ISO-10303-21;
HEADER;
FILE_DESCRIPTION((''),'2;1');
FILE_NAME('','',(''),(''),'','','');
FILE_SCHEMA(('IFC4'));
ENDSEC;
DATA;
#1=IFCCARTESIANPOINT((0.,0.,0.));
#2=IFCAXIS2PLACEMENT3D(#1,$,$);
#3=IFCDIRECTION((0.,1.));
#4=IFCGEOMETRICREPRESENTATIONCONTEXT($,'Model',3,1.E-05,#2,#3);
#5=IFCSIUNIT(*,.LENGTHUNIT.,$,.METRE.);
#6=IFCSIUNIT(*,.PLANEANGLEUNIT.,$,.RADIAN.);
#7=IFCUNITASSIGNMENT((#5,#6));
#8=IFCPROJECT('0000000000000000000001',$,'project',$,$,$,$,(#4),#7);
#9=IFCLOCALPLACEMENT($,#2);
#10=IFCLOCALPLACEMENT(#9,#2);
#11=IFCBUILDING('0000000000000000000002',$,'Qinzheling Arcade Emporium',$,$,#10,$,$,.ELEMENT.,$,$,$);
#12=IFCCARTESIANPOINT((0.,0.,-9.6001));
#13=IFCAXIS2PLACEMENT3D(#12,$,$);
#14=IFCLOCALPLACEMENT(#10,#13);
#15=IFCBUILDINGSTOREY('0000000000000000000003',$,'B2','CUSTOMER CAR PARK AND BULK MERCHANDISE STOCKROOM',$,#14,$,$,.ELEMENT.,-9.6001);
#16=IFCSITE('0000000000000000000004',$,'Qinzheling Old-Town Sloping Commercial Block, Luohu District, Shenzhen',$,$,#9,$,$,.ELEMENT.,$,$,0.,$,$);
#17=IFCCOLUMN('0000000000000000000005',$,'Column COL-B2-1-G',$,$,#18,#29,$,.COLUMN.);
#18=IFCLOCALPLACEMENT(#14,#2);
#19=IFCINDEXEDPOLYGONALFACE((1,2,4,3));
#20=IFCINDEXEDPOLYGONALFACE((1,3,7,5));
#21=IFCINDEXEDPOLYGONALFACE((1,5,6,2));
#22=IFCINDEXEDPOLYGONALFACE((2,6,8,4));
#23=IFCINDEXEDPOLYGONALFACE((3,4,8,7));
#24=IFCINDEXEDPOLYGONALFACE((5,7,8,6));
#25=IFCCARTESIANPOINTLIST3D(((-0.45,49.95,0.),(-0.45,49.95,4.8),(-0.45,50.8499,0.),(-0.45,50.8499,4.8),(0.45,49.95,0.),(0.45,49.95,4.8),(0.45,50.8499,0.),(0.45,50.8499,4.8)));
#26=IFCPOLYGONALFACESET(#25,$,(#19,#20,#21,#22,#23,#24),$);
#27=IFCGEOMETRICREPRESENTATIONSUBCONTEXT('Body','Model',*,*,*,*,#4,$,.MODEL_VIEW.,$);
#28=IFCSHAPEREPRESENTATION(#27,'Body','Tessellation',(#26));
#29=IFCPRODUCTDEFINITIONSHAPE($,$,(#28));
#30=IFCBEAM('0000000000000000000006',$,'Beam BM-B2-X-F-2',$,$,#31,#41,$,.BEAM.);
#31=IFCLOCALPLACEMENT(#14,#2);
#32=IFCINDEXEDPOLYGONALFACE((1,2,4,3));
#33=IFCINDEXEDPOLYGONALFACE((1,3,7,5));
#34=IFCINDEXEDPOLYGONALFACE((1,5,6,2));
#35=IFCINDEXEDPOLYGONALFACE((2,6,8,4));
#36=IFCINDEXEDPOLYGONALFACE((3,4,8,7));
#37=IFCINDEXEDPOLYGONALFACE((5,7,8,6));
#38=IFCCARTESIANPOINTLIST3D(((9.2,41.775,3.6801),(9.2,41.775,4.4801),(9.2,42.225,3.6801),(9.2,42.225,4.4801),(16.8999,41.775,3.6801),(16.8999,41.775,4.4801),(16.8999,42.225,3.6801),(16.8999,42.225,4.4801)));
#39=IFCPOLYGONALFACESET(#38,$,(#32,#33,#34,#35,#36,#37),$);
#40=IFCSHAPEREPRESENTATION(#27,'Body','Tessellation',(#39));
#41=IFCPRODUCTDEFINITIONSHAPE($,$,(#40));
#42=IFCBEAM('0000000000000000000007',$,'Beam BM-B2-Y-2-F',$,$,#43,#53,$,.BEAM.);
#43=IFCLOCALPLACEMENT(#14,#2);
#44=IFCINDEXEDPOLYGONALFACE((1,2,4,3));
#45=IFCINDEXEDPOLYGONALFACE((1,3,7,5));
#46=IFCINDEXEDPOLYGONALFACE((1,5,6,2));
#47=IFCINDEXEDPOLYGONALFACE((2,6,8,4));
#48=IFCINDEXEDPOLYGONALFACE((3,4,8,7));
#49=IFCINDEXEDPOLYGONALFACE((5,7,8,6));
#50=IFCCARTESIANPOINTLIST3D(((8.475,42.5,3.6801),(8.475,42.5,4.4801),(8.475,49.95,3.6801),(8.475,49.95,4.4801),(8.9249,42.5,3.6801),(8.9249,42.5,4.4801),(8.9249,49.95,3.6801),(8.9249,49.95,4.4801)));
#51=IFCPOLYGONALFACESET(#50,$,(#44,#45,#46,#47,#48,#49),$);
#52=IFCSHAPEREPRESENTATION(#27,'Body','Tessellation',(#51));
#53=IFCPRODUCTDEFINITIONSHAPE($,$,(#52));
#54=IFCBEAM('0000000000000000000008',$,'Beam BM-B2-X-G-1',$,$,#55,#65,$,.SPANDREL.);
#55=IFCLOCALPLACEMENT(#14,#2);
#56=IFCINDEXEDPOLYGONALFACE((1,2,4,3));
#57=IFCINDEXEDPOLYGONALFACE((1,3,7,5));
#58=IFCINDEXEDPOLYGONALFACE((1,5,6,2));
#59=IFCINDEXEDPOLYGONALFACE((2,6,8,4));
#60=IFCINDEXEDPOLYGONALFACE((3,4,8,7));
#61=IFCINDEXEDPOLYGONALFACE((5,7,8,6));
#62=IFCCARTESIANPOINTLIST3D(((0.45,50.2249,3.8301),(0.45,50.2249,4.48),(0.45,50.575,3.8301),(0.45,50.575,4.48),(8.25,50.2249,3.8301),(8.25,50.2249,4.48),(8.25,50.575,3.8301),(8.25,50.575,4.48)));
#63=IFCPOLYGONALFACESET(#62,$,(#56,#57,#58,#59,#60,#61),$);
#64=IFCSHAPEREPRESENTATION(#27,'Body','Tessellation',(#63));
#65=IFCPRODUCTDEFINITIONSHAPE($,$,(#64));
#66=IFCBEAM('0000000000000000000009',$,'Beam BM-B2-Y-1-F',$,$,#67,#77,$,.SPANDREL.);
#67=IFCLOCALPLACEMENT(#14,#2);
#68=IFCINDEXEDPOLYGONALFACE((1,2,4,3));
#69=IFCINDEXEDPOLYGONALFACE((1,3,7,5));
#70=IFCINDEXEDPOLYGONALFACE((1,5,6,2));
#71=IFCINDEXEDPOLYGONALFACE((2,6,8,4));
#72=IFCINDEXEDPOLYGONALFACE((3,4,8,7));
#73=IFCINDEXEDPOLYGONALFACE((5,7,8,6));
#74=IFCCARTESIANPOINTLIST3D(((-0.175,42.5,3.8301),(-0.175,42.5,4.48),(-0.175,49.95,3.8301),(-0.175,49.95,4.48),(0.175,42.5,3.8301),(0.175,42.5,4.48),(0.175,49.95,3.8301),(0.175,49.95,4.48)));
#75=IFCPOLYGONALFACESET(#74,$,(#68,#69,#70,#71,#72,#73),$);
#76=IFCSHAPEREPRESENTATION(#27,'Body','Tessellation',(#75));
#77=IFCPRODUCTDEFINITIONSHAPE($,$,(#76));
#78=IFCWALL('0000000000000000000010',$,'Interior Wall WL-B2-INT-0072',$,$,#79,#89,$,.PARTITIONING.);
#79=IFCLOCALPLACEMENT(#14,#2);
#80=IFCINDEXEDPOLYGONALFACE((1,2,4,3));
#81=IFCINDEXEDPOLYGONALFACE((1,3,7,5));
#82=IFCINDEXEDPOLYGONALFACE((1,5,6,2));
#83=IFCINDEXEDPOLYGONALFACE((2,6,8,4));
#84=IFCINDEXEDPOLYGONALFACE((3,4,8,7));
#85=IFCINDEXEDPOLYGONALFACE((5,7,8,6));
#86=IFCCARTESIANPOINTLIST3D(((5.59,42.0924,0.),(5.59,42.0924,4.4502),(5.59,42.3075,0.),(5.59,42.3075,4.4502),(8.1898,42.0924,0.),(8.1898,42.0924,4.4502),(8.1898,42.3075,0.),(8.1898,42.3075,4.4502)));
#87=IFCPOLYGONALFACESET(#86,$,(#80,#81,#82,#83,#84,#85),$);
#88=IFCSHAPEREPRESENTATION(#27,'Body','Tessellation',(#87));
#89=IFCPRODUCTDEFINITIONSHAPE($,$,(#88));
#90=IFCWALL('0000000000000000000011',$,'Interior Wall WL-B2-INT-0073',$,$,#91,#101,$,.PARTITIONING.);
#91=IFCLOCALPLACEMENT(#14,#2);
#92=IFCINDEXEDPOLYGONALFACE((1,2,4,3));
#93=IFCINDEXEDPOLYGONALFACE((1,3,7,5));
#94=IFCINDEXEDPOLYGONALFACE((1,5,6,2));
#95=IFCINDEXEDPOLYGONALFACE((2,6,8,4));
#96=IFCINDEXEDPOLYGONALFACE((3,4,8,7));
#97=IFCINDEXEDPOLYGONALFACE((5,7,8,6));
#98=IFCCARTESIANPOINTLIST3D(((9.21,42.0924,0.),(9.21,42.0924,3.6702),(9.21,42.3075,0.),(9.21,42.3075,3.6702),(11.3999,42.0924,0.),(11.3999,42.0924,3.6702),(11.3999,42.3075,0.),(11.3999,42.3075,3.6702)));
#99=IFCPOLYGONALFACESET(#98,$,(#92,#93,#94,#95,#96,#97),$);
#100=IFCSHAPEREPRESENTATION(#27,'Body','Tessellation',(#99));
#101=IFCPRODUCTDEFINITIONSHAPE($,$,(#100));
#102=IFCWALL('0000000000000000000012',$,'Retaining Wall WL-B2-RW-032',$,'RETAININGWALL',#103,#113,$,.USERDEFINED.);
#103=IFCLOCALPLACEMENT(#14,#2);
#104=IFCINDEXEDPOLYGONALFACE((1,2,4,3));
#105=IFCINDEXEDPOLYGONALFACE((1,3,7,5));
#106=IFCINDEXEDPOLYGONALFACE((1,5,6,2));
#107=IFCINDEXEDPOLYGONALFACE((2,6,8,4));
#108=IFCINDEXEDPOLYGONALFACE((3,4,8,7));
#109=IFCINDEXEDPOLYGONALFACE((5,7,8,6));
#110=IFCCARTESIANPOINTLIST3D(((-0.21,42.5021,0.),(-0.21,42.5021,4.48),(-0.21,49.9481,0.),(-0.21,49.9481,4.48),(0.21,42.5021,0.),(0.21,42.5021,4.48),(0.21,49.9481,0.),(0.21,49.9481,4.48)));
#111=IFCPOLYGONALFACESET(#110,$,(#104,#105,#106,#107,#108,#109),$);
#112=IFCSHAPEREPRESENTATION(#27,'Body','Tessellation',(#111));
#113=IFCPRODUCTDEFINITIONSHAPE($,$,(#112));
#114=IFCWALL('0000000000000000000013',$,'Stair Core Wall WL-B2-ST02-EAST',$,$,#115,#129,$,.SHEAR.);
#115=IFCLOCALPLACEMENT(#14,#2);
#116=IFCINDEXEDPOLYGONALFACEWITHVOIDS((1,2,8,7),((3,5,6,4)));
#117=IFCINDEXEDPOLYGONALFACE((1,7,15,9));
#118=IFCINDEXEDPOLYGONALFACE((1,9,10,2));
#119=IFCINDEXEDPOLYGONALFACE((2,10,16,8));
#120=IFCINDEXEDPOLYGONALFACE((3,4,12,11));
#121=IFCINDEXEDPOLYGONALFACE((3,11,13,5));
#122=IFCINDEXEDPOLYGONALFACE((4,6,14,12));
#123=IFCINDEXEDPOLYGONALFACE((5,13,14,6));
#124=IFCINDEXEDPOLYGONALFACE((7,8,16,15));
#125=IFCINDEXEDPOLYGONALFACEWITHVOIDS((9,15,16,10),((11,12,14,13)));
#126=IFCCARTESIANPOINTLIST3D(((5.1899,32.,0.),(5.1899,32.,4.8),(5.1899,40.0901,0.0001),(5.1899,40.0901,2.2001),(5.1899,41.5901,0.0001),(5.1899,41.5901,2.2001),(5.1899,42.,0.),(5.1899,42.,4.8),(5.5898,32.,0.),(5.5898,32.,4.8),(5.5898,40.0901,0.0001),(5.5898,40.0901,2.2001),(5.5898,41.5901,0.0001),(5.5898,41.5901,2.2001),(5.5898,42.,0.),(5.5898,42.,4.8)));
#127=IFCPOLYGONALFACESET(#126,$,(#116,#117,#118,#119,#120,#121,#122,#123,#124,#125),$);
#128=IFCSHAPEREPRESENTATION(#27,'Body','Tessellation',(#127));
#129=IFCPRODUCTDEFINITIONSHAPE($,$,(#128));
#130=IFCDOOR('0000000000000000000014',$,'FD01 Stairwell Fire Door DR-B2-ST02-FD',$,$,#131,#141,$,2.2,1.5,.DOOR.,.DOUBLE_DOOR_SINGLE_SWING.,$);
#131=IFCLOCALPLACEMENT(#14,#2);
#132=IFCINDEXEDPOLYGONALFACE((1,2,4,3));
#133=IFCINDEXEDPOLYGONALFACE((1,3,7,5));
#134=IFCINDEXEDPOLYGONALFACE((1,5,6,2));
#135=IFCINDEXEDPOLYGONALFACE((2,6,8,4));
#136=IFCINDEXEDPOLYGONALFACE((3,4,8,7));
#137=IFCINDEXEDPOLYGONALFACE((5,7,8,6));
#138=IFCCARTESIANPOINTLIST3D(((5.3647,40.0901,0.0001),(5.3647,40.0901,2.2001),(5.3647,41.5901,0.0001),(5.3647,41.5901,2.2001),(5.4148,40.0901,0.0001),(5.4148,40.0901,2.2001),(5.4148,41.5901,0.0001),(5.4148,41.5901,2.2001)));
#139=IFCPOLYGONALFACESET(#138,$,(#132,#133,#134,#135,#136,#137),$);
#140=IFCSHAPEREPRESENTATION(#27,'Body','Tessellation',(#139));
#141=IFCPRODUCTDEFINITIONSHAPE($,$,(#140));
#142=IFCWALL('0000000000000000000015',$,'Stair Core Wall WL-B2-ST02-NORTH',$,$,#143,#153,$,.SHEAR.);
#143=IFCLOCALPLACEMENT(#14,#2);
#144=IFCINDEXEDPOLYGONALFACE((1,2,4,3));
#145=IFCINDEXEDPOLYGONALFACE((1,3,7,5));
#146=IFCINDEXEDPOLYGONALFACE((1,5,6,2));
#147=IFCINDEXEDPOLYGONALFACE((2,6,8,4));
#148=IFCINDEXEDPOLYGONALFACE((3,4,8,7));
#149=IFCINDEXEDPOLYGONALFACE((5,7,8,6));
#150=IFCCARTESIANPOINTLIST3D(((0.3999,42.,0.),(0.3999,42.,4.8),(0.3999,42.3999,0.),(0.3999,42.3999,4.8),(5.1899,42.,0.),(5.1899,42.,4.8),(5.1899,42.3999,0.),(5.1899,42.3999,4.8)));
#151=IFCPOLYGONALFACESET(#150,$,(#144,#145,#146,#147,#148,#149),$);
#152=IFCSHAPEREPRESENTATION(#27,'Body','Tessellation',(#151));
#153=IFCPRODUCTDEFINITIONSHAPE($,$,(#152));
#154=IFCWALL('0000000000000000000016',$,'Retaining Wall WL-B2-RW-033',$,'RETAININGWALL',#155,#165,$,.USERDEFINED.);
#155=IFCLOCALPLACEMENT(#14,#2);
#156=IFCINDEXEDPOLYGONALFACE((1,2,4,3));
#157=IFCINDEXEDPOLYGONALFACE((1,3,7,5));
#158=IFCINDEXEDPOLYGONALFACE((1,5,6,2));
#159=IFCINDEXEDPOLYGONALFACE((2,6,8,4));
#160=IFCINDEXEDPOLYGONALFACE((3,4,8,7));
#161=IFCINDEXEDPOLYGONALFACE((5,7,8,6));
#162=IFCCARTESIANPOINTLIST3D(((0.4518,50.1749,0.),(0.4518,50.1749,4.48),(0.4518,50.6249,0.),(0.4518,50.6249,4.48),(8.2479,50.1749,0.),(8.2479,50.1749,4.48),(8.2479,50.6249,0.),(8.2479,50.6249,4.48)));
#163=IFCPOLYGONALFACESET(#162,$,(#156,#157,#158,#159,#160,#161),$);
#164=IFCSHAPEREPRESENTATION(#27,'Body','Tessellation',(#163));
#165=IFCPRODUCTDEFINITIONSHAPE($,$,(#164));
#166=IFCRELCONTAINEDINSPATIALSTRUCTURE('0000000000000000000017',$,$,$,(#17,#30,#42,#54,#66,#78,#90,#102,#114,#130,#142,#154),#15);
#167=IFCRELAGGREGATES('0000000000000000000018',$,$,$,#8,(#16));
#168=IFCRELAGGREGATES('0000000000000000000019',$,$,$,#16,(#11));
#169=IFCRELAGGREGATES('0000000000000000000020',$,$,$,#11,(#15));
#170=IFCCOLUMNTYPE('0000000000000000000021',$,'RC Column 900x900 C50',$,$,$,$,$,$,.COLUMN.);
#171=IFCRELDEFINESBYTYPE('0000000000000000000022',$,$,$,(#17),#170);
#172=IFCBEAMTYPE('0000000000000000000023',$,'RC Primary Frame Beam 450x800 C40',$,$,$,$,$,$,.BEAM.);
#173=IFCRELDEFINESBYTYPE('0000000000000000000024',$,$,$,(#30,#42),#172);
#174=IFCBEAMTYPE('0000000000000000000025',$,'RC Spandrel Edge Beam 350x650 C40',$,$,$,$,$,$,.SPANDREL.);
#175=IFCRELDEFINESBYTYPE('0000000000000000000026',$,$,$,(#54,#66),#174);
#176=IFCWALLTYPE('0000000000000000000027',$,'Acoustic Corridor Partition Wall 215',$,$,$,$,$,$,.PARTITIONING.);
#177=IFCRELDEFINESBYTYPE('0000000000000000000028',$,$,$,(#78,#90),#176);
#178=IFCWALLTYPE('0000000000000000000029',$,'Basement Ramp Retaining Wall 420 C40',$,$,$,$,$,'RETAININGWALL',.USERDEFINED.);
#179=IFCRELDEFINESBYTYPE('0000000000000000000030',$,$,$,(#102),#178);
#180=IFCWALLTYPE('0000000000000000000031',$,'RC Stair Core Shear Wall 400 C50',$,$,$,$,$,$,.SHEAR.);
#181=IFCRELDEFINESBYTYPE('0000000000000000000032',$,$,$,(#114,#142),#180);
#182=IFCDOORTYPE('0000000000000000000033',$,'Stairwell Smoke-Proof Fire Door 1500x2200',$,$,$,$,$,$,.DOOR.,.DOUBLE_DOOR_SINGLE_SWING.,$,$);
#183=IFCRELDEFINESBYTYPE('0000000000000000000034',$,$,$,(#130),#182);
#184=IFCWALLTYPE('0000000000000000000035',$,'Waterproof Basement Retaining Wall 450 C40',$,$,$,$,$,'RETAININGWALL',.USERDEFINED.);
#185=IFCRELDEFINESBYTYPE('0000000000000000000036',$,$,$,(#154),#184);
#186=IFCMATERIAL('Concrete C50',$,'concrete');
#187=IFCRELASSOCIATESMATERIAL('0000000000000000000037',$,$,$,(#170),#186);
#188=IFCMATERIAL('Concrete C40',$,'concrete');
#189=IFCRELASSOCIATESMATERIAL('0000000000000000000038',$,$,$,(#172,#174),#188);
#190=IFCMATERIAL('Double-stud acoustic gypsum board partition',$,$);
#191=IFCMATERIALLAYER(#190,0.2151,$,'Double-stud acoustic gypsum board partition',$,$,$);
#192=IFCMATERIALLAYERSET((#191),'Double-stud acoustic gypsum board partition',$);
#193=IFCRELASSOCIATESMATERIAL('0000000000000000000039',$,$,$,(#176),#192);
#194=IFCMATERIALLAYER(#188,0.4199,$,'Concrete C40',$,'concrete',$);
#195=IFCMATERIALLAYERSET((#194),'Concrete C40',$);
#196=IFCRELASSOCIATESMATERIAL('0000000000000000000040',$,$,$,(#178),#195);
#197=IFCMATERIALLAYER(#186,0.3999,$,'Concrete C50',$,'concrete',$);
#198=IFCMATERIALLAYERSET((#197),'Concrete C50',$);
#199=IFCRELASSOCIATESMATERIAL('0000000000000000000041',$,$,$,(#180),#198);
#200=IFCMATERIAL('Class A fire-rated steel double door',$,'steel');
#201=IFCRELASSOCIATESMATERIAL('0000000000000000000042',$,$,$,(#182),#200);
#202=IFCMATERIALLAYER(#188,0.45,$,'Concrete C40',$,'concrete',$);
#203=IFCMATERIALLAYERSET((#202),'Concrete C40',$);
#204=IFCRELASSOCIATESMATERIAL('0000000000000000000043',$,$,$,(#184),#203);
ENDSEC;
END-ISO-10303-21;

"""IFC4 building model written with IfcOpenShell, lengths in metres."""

from ifc_helpers import new_model, si_unit, direction, frame, frame_2d, origin, origin_2d, place, context, subcontext, project, spatial, rectangle, extrude, material, layer, layer_set, material_profile, profile_set, type_object, element, fill, save


model = new_model("IFC4")

# Units and contexts
model_context = context("Model", 3, precision=1e-05, world=origin(), true_north=direction((0.0, 1.0)))
body_context = subcontext(model_context, "Body", "Model", "MODEL_VIEW")
ifc_project = project(units=[si_unit("LENGTHUNIT", "METRE"), si_unit("PLANEANGLEUNIT", "RADIAN")], contexts=[model_context])

# Site, building, storey
site_placement = place(None, origin())
site = spatial("IfcSite", under=ifc_project, at=site_placement, Name="Qinzheling Old-Town Sloping Commercial Block, Luohu District, Shenzhen", CompositionType="ELEMENT", RefElevation=0.0)
building_placement = place(site_placement, origin())
building = spatial("IfcBuilding", under=site, at=building_placement, Name="Qinzheling Arcade Emporium", CompositionType="ELEMENT")
storey_placement = place(building_placement, frame((0.0, 0.0, -9.6001)))
storey = spatial("IfcBuildingStorey", under=building, at=storey_placement, Name="B2", Description="CUSTOMER CAR PARK AND BULK MERCHANDISE STOCKROOM", CompositionType="ELEMENT", Elevation=-9.6001)

# Shared definitions
ifc_material_1 = material(Name="Concrete C40", Category="concrete")

# Column
ifc_material_2 = material(Name="Concrete C50", Category="concrete")
ifc_material_profile_1 = material_profile(ifc_material_2, rectangle(XDim=0.8999, YDim=0.8999, at=origin_2d()), Name="RC 900x900", Category="concrete")
ifc_profile_set_1 = profile_set([ifc_material_profile_1], Name="Concrete C50")
column_type_1 = type_object("IfcColumnType", Name="RC Column 900x900 C50", PredefinedType="COLUMN", material=ifc_profile_set_1)
column_placement = place(storey_placement, frame((0.0, 50.3999, 0.0), z_axis=(0.0, 0.0, 1.0), x_axis=(1.0, 0.0, 0.0)))
element("IfcColumn", 1, at=column_placement, inside=storey, type_object=column_type_1, Name="Column COL-B2-1-G", PredefinedType="COLUMN", context=body_context, shape_type="SweptSolid", body=[
    extrude(rectangle(XDim=0.8999, YDim=0.8999, at=origin_2d()), origin(), (0.0, 0.0, 1.0), 4.8),
])

# Beams
ifc_material_profile_2 = material_profile(ifc_material_1, rectangle(XDim=0.45, YDim=0.8, at=origin_2d()), Name="RC 450x800", Category="concrete")
ifc_profile_set_2 = profile_set([ifc_material_profile_2], Name="Concrete C40")
beam_type_1 = type_object("IfcBeamType", Name="RC Primary Frame Beam 450x800 C40", PredefinedType="BEAM", material=ifc_profile_set_2)
beam_1_placement = place(storey_placement, frame((9.2, 42.0, 4.0801), z_axis=(1.0, 0.0, 0.0), x_axis=(0.0, 1.0, 0.0)))
element("IfcBeam", 2, at=beam_1_placement, inside=storey, type_object=beam_type_1, Name="Beam BM-B2-X-F-2", PredefinedType="BEAM", context=body_context, shape_type="SweptSolid", body=[
    extrude(rectangle(XDim=0.45, YDim=0.8, at=origin_2d()), origin(), (0.0, 0.0, 1.0), 7.7),
])
beam_2_placement = place(storey_placement, frame((8.7, 42.5, 4.0801), z_axis=(0.0, 1.0, 0.0), x_axis=(-1.0, 0.0, 0.0)))
element("IfcBeam", 3, at=beam_2_placement, inside=storey, type_object=beam_type_1, Name="Beam BM-B2-Y-2-F", PredefinedType="BEAM", context=body_context, shape_type="SweptSolid", body=[
    extrude(rectangle(XDim=0.45, YDim=0.8, at=origin_2d()), origin(), (0.0, 0.0, 1.0), 7.45),
])
ifc_material_profile_3 = material_profile(ifc_material_1, rectangle(XDim=0.3501, YDim=0.6499, at=origin_2d()), Name="RC 350x650", Category="concrete")
ifc_profile_set_3 = profile_set([ifc_material_profile_3], Name="Concrete C40")
beam_type_2 = type_object("IfcBeamType", Name="RC Spandrel Edge Beam 350x650 C40", PredefinedType="SPANDREL", material=ifc_profile_set_3)
beam_3_placement = place(storey_placement, frame((0.45, 50.3999, 4.155), z_axis=(1.0, 0.0, 0.0), x_axis=(0.0, 1.0, 0.0)))
element("IfcBeam", 4, at=beam_3_placement, inside=storey, type_object=beam_type_2, Name="Beam BM-B2-X-G-1", PredefinedType="SPANDREL", context=body_context, shape_type="SweptSolid", body=[
    extrude(rectangle(XDim=0.3501, YDim=0.6499, at=origin_2d()), origin(), (0.0, 0.0, 1.0), 7.8),
])
beam_4_placement = place(storey_placement, frame((0.0, 42.5, 4.155), z_axis=(0.0, 1.0, 0.0), x_axis=(-1.0, 0.0, 0.0)))
element("IfcBeam", 5, at=beam_4_placement, inside=storey, type_object=beam_type_2, Name="Beam BM-B2-Y-1-F", PredefinedType="SPANDREL", context=body_context, shape_type="SweptSolid", body=[
    extrude(rectangle(XDim=0.3501, YDim=0.6499, at=origin_2d()), origin(), (0.0, 0.0, 1.0), 7.45),
])

# Walls
ifc_material_3 = material(Name="Double-stud acoustic gypsum board partition")
ifc_layer_1 = layer(ifc_material_3, 0.2151, Name="Double-stud acoustic gypsum board partition")
ifc_layer_set_1 = layer_set([ifc_layer_1], Name="Double-stud acoustic gypsum board partition")
wall_type_1 = type_object("IfcWallType", Name="Acoustic Corridor Partition Wall 215", PredefinedType="PARTITIONING", material=ifc_layer_set_1)
wall_1_placement = place(storey_placement, frame((5.5901, 42.2, 0.0), z_axis=(0.0, 0.0, 1.0), x_axis=(1.0, 0.0, 0.0)))
element("IfcWall", 6, at=wall_1_placement, inside=storey, type_object=wall_type_1, Name="Interior Wall WL-B2-INT-0072", PredefinedType="PARTITIONING", context=body_context, shape_type="SweptSolid", body=[
    extrude(rectangle(XDim=2.5999, YDim=0.2151, at=frame_2d((1.2998, 0.0))), origin(), (0.0, 0.0, 1.0), 4.4502),
])
wall_2_placement = place(storey_placement, frame((9.21, 42.2, 0.0), z_axis=(0.0, 0.0, 1.0), x_axis=(1.0, 0.0, 0.0)))
element("IfcWall", 7, at=wall_2_placement, inside=storey, type_object=wall_type_1, Name="Interior Wall WL-B2-INT-0073", PredefinedType="PARTITIONING", context=body_context, shape_type="SweptSolid", body=[
    extrude(rectangle(XDim=2.1899, YDim=0.2151, at=frame_2d((1.095, 0.0))), origin(), (0.0, 0.0, 1.0), 3.6702),
])
ifc_layer_2 = layer(ifc_material_1, 0.4199, Name="Concrete C40", Category="concrete")
ifc_layer_set_2 = layer_set([ifc_layer_2], Name="Concrete C40")
wall_type_2 = type_object("IfcWallType", Name="Basement Ramp Retaining Wall 420 C40", ElementType="RETAININGWALL", PredefinedType="USERDEFINED", material=ifc_layer_set_2)
wall_3_placement = place(storey_placement, frame((0.0, 42.502, 0.0), z_axis=(0.0, 0.0, 1.0), x_axis=(0.0, 1.0, 0.0)))
element("IfcWall", 8, at=wall_3_placement, inside=storey, type_object=wall_type_2, Name="Retaining Wall WL-B2-RW-032", ObjectType="RETAININGWALL", PredefinedType="USERDEFINED", context=body_context, shape_type="SweptSolid", body=[
    extrude(rectangle(XDim=7.446, YDim=0.4199, at=frame_2d((3.7231, 0.0))), origin(), (0.0, 0.0, 1.0), 4.48),
])

# Wall, opening, door
ifc_layer_3 = layer(ifc_material_2, 0.3999, Name="Concrete C50", Category="concrete")
ifc_layer_set_3 = layer_set([ifc_layer_3], Name="Concrete C50")
wall_type_3 = type_object("IfcWallType", Name="RC Stair Core Shear Wall 400 C50", PredefinedType="SHEAR", material=ifc_layer_set_3)
wall_4_placement = place(storey_placement, frame((5.3899, 42.0, 0.0), z_axis=(0.0, 0.0, 1.0), x_axis=(0.0, -1.0, 0.0)))
wall_4 = element("IfcWall", 9, at=wall_4_placement, inside=storey, type_object=wall_type_3, Name="Stair Core Wall WL-B2-ST02-EAST", PredefinedType="SHEAR", context=body_context, shape_type="SweptSolid", body=[
    extrude(rectangle(XDim=10.0, YDim=0.3999, at=frame_2d((5.0, 0.0))), origin(), (0.0, 0.0, 1.0), 4.8),
])
opening_placement = place(wall_4_placement, frame((0.4099, 0.0, 0.0)))
opening = element("IfcOpeningElement", 10, at=opening_placement, cuts=wall_4, PredefinedType="OPENING", context=body_context, shape_type="SweptSolid", body=[
    extrude(rectangle(XDim=1.5, YDim=2.2, at=frame_2d((0.75, 1.1001))), frame((0.0, 0.21, 0.0), z_axis=(0.0, -1.0, 0.0), x_axis=(1.0, 0.0, 0.0)), (0.0, 0.0, 1.0), 0.4199),
])
ifc_material_4 = material(Name="Class A fire-rated steel double door", Category="steel")
door_type = type_object("IfcDoorType", Name="Stairwell Smoke-Proof Fire Door 1500x2200", OperationType="DOUBLE_DOOR_SINGLE_SWING", PredefinedType="DOOR", material=ifc_material_4)
door_placement = place(opening_placement, origin())
door = element("IfcDoor", 11, at=door_placement, inside=storey, type_object=door_type, Name="FD01 Stairwell Fire Door DR-B2-ST02-FD", OperationType="DOUBLE_DOOR_SINGLE_SWING", OverallHeight=2.2, OverallWidth=1.5, PredefinedType="DOOR", context=body_context, shape_type="SweptSolid", body=[
    extrude(rectangle(XDim=1.5, YDim=2.2, at=frame_2d((0.75, 1.1001))), frame((0.0, 0.0249, 0.0), z_axis=(0.0, -1.0, 0.0), x_axis=(1.0, 0.0, 0.0)), (0.0, 0.0, 1.0), 0.05),
])
fill(opening, door)

# Walls
wall_5_placement = place(storey_placement, frame((0.3999, 42.2, 0.0), z_axis=(0.0, 0.0, 1.0), x_axis=(1.0, 0.0, 0.0)))
element("IfcWall", 12, at=wall_5_placement, inside=storey, type_object=wall_type_3, Name="Stair Core Wall WL-B2-ST02-NORTH", PredefinedType="SHEAR", context=body_context, shape_type="SweptSolid", body=[
    extrude(rectangle(XDim=4.79, YDim=0.3999, at=frame_2d((2.395, 0.0))), origin(), (0.0, 0.0, 1.0), 4.8),
])
ifc_layer_4 = layer(ifc_material_1, 0.45, Name="Concrete C40", Category="concrete")
ifc_layer_set_4 = layer_set([ifc_layer_4], Name="Concrete C40")
wall_type_4 = type_object("IfcWallType", Name="Waterproof Basement Retaining Wall 450 C40", ElementType="RETAININGWALL", PredefinedType="USERDEFINED", material=ifc_layer_set_4)
wall_6_placement = place(storey_placement, frame((0.4519, 50.3999, 0.0), z_axis=(0.0, 0.0, 1.0), x_axis=(1.0, 0.0, 0.0)))
element("IfcWall", 13, at=wall_6_placement, inside=storey, type_object=wall_type_4, Name="Retaining Wall WL-B2-RW-033", ObjectType="RETAININGWALL", PredefinedType="USERDEFINED", context=body_context, shape_type="SweptSolid", body=[
    extrude(rectangle(XDim=7.7961, YDim=0.45, at=frame_2d((3.8979, 0.0))), origin(), (0.0, 0.0, 1.0), 4.48),
])

save(model, "model.ifc")
